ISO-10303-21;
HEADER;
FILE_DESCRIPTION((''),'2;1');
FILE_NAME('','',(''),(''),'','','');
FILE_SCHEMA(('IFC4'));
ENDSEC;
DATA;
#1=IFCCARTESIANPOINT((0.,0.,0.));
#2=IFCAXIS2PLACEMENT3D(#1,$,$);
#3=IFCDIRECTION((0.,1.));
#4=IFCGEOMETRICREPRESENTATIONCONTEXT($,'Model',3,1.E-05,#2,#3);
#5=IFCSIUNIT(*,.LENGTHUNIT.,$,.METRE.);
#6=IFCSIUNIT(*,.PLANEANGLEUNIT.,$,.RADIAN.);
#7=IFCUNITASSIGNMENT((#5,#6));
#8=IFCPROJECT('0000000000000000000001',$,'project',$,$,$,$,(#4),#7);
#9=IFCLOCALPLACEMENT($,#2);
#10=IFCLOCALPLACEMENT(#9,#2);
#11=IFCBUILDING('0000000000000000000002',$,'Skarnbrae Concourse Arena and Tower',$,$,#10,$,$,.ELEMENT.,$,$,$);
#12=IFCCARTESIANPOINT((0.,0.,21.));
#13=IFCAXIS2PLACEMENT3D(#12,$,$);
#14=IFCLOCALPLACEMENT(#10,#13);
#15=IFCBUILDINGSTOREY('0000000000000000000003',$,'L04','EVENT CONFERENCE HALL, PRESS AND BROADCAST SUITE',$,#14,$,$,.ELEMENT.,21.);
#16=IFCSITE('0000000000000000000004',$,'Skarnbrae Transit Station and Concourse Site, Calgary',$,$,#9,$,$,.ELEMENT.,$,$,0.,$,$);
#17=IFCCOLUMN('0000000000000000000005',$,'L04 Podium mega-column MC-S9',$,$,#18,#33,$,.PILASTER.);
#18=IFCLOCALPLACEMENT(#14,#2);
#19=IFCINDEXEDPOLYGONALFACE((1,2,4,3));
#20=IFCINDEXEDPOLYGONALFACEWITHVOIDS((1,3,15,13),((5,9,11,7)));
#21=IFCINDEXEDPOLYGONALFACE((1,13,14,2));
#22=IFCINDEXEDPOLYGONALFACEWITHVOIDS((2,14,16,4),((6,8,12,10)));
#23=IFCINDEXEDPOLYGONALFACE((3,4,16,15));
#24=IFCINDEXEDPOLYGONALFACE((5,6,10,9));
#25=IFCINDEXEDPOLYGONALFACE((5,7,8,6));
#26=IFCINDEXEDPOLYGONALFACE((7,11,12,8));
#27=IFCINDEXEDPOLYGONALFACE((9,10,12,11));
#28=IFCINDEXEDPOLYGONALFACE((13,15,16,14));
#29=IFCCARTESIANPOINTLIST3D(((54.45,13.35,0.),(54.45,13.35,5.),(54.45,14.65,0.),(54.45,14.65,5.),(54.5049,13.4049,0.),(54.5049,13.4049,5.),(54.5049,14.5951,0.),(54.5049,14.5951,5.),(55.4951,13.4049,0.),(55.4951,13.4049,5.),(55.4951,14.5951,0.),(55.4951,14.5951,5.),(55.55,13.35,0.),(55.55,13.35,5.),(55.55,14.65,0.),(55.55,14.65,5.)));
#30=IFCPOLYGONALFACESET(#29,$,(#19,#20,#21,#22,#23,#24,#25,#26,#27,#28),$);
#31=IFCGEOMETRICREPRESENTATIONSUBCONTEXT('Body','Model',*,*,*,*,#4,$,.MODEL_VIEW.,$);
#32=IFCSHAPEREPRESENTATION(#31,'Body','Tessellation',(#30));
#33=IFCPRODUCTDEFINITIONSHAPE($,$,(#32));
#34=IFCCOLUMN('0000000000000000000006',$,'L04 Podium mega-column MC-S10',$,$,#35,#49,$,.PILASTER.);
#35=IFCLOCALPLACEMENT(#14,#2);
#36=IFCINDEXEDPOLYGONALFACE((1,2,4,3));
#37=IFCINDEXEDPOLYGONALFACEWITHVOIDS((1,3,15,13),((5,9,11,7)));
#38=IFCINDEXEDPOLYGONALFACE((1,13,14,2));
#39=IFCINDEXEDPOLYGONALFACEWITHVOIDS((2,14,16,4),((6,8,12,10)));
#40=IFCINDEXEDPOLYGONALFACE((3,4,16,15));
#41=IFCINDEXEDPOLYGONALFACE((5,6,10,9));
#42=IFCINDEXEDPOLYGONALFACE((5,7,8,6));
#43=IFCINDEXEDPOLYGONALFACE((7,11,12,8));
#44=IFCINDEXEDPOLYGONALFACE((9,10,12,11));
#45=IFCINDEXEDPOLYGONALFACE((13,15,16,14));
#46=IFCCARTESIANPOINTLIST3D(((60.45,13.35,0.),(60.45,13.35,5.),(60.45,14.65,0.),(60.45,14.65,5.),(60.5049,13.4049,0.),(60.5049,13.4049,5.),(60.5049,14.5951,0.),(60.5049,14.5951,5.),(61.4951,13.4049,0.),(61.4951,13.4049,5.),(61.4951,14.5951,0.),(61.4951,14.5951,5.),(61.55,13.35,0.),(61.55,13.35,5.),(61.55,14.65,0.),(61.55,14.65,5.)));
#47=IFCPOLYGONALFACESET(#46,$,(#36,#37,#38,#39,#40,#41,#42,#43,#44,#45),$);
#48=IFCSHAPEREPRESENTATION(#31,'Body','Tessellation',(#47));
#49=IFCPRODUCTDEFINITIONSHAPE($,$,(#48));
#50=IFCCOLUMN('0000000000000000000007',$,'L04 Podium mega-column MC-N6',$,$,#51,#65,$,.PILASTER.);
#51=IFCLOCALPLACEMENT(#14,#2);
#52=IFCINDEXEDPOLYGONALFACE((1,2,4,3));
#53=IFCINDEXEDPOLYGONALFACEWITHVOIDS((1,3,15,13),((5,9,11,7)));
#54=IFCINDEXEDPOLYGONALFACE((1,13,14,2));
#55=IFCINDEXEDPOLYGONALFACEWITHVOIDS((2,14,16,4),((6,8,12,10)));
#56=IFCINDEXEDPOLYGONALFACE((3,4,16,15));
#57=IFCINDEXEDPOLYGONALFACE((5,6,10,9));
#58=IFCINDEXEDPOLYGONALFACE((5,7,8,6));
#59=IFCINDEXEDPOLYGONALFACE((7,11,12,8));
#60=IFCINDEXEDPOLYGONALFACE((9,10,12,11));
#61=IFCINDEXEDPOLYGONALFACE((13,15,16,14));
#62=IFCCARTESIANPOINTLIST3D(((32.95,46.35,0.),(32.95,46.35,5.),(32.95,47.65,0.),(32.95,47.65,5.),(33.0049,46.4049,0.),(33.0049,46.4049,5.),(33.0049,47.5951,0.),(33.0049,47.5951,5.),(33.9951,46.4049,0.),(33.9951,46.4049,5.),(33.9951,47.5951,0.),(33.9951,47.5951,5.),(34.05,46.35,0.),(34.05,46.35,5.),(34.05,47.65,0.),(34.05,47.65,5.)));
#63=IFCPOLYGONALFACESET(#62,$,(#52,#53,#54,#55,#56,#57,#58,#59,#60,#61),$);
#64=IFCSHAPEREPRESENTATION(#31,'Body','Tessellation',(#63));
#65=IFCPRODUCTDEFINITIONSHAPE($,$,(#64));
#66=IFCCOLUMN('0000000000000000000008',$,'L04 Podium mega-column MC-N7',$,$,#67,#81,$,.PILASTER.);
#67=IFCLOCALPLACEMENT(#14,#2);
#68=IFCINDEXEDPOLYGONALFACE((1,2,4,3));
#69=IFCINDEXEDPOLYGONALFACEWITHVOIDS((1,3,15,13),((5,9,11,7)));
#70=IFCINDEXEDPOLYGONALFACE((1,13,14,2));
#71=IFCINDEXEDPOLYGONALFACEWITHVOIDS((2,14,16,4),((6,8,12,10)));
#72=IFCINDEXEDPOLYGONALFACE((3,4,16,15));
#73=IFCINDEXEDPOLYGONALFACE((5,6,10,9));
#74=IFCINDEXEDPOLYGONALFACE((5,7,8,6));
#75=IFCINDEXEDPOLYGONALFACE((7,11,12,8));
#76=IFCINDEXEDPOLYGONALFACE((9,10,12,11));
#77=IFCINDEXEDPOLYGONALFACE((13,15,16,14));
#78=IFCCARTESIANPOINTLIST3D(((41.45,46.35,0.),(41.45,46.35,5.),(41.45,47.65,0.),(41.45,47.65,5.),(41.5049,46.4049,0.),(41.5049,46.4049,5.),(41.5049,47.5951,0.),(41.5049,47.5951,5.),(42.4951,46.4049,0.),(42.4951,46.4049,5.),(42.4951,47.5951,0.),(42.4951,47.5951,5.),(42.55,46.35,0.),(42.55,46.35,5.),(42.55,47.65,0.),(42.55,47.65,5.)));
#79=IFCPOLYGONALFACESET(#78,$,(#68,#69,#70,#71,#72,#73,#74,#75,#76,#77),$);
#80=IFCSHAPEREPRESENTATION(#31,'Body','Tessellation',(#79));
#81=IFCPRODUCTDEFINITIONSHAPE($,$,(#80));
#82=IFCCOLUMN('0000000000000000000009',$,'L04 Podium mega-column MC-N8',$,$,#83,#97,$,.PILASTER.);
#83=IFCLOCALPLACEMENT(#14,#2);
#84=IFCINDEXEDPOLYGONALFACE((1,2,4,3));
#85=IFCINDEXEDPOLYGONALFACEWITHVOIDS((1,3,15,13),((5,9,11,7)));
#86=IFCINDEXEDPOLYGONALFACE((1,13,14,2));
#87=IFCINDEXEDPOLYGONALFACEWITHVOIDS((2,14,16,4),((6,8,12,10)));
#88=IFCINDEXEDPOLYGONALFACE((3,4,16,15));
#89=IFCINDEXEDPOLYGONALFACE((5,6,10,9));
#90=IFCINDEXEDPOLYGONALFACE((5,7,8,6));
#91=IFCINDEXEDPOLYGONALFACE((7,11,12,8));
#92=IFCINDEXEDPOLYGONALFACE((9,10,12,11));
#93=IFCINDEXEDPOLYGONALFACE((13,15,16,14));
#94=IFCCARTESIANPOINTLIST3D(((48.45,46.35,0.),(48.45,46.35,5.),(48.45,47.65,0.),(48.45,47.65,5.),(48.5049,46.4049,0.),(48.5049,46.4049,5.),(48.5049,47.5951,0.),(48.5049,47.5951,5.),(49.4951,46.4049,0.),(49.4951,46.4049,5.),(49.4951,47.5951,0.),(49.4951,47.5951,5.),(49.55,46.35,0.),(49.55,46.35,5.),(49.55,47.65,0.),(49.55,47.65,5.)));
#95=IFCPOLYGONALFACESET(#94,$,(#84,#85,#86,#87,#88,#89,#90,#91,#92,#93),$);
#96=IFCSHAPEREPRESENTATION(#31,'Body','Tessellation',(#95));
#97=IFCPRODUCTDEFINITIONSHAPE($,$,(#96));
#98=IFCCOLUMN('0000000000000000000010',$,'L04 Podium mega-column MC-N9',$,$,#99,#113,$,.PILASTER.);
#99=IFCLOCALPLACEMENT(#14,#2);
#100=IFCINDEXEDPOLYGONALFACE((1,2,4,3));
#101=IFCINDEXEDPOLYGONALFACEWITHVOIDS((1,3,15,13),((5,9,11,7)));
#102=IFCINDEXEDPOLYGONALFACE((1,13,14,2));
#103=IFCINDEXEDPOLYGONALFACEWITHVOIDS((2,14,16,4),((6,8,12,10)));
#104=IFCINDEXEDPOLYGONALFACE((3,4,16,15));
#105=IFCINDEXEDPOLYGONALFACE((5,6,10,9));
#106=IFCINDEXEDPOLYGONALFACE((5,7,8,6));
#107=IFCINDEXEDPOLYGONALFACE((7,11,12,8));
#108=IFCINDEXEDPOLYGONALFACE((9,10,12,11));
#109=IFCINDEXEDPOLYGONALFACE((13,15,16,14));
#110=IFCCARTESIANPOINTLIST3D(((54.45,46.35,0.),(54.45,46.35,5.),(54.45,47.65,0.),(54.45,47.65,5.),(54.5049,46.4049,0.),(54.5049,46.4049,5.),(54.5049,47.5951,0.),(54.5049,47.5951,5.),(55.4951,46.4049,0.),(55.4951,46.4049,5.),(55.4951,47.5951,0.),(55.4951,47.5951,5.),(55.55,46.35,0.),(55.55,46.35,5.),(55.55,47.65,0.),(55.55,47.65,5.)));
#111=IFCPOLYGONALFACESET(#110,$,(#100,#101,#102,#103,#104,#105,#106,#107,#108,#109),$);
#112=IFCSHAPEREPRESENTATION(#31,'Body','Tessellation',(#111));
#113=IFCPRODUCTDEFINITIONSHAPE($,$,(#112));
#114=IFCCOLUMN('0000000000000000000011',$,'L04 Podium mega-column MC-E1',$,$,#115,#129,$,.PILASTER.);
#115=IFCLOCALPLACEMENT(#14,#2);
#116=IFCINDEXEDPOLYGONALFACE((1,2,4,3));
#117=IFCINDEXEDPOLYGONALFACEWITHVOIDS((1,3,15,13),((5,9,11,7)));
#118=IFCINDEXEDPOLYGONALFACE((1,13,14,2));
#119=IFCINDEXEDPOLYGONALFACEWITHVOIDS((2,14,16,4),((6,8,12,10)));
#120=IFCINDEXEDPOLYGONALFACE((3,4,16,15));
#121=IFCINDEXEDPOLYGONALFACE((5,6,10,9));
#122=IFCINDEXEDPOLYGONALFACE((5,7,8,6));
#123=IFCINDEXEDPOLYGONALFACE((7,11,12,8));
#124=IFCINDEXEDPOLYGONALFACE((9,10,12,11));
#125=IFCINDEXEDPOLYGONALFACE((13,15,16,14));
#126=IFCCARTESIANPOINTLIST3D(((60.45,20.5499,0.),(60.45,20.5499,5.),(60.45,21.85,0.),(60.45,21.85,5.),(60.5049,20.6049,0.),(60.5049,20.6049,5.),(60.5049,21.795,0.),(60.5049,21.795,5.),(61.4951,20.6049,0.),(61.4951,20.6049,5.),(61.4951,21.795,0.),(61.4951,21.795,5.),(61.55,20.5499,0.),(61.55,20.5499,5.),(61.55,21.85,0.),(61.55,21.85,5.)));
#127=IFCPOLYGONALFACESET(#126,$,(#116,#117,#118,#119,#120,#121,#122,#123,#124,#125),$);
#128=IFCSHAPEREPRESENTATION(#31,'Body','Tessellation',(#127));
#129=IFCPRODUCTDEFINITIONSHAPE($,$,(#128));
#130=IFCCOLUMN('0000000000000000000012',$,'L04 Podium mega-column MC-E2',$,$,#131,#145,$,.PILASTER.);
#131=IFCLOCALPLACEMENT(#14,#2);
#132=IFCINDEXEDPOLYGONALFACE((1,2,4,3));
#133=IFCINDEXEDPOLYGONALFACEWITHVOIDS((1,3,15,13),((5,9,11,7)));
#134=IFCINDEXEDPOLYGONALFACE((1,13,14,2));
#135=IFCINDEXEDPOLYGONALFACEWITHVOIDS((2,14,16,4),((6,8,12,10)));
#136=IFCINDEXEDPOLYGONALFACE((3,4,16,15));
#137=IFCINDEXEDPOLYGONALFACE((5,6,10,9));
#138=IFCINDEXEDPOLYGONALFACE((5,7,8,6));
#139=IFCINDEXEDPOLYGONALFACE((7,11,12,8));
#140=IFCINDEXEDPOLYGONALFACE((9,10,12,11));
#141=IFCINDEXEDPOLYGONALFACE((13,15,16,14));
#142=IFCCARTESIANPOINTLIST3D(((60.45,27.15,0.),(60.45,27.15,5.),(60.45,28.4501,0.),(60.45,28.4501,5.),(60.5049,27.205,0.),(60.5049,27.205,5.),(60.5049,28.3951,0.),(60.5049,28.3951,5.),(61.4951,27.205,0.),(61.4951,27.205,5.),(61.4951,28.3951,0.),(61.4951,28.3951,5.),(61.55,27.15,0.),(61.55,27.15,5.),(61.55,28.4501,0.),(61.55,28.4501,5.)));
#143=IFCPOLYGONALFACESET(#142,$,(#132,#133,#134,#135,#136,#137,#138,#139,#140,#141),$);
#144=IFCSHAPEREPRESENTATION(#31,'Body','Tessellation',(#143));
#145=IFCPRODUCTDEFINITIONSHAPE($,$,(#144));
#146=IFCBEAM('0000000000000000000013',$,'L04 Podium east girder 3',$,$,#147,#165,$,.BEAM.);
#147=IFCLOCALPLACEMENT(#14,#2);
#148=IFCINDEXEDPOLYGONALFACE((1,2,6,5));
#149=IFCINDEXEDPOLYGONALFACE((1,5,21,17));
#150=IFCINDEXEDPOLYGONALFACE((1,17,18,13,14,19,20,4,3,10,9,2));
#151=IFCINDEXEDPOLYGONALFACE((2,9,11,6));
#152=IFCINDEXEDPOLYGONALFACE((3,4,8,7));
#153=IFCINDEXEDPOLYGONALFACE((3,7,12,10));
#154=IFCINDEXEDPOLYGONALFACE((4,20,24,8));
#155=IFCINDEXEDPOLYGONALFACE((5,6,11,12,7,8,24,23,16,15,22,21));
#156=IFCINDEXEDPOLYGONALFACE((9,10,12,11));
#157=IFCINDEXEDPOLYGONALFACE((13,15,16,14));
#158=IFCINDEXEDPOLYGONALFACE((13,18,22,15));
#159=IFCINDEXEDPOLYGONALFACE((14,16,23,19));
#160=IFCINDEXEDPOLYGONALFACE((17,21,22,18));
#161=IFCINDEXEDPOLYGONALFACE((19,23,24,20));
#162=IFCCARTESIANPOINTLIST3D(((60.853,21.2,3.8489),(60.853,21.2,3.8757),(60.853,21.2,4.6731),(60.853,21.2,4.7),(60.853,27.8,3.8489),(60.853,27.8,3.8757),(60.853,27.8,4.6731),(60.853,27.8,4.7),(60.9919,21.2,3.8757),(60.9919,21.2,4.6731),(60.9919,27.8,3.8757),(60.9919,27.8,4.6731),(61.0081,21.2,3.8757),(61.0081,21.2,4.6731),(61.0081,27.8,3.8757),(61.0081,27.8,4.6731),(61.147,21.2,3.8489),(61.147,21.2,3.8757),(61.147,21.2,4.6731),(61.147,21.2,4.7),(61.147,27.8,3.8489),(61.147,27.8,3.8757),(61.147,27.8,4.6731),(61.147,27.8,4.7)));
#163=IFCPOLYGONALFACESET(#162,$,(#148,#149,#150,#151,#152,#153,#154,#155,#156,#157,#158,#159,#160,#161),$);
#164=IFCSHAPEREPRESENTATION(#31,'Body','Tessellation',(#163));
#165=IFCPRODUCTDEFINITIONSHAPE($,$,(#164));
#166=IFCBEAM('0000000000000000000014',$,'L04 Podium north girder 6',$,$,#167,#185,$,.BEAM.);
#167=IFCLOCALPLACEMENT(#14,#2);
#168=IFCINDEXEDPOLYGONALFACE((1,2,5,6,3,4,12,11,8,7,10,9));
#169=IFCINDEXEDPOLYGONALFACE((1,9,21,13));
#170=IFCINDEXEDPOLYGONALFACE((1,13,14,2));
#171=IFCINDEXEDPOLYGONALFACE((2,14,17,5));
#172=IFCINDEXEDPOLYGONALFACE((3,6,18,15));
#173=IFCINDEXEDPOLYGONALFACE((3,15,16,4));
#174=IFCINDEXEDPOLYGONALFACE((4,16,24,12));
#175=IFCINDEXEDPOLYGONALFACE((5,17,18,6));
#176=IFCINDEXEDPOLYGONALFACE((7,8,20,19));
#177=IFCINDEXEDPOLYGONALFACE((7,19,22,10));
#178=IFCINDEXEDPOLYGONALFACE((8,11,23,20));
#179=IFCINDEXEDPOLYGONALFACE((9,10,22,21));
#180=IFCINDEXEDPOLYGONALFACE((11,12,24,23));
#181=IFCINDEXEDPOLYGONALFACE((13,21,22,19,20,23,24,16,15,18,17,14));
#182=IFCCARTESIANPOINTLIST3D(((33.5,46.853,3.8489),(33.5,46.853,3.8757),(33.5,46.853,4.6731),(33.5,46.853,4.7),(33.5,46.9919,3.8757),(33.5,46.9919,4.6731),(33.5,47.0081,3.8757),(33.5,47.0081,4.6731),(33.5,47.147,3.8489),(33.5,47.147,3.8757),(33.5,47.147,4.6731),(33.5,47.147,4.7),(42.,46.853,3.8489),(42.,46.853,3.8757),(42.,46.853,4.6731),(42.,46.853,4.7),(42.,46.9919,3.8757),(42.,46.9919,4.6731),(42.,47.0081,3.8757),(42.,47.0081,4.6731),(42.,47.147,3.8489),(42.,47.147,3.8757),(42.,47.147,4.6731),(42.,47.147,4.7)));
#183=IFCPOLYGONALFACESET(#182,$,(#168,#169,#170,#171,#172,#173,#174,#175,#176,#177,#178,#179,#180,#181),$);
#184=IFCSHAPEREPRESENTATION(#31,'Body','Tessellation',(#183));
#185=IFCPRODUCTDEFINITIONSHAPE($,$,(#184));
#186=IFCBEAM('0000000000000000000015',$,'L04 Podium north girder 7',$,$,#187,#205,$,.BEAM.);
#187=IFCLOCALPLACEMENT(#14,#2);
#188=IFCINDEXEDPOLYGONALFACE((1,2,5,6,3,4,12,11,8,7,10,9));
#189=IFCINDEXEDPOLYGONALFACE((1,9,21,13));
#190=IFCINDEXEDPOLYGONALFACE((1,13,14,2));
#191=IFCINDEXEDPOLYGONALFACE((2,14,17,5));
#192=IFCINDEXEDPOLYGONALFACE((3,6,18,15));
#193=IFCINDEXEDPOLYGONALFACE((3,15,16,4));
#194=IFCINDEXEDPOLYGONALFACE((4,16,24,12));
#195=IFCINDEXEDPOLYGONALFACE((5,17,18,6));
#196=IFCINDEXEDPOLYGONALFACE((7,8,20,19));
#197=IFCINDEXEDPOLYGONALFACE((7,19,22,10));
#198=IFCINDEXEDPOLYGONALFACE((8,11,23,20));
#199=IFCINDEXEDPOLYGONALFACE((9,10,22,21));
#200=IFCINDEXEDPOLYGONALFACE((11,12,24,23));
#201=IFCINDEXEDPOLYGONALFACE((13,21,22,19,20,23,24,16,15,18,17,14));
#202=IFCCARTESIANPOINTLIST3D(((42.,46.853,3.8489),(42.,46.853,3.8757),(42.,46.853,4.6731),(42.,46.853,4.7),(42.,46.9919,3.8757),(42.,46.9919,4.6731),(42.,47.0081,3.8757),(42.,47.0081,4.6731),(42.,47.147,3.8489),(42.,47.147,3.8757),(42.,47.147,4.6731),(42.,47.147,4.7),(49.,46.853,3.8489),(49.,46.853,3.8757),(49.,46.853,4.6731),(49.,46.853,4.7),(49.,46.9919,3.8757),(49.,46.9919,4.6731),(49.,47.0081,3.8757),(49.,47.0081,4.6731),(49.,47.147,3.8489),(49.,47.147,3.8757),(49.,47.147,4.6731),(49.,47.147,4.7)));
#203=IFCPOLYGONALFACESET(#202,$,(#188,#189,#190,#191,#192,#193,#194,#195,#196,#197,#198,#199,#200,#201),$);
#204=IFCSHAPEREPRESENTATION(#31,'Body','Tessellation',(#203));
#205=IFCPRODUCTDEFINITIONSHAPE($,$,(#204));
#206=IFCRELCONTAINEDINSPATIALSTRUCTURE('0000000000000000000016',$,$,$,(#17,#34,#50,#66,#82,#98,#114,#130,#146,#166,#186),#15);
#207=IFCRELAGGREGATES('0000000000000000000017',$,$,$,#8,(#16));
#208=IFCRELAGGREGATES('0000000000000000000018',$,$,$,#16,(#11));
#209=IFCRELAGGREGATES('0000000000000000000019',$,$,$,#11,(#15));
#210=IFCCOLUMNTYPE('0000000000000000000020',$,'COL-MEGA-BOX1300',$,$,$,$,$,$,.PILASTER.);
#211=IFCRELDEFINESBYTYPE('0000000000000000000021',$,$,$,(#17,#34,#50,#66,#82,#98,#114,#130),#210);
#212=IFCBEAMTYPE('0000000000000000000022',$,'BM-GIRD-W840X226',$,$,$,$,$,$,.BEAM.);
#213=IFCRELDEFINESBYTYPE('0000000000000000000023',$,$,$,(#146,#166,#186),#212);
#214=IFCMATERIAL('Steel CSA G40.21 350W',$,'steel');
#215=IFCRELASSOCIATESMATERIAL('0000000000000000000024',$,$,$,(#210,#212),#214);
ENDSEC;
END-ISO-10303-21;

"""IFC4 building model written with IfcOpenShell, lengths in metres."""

from ifc_helpers import new_model, si_unit, direction, frame, origin, origin_2d, place, context, subcontext, project, spatial, hollow_rectangle, i_section, extrude, source, transform, mapped, material, material_profile, profile_set, type_object, element, save


model = new_model("IFC4")

# Units and contexts
model_context = context("Model", 3, precision=1e-05, world=origin(), true_north=direction((0.0, 1.0)))
body_context = subcontext(model_context, "Body", "Model", "MODEL_VIEW")
ifc_project = project(units=[si_unit("LENGTHUNIT", "METRE"), si_unit("PLANEANGLEUNIT", "RADIAN")], contexts=[model_context])

# Site, building, storey
site_placement = place(None, origin())
site = spatial("IfcSite", under=ifc_project, at=site_placement, Name="Skarnbrae Transit Station and Concourse Site, Calgary", CompositionType="ELEMENT", RefElevation=0.0)
building_placement = place(site_placement, origin())
building = spatial("IfcBuilding", under=site, at=building_placement, Name="Skarnbrae Concourse Arena and Tower", CompositionType="ELEMENT")
storey_placement = place(building_placement, frame((0.0, 0.0, 21.0)))
storey = spatial("IfcBuildingStorey", under=building, at=storey_placement, Name="L04", Description="EVENT CONFERENCE HALL, PRESS AND BROADCAST SUITE", CompositionType="ELEMENT", Elevation=21.0)

# Columns
ifc_material_1 = material(Name="Steel CSA G40.21 350W", Category="steel")
ifc_material_profile_1 = material_profile(ifc_material_1, hollow_rectangle(XDim=1.1001, YDim=1.3, WallThickness=0.0549, at=origin_2d()), Name="BOX1300X1100X55")
ifc_profile_set_1 = profile_set([ifc_material_profile_1], Name="Steel CSA G40.21 350W")
column_type = type_object("IfcColumnType", Name="COL-MEGA-BOX1300", PredefinedType="PILASTER", material=ifc_profile_set_1)
shared_shape_1 = source(origin(), body_context, "Body", "SweptSolid", [
    extrude(hollow_rectangle(XDim=1.1001, YDim=1.3, WallThickness=0.0549, at=origin_2d()), origin(), (0.0, 0.0, 1.0), 5.0),
])
for number, where, z_axis, x_axis, name in (
    (1, (55.0, 14.0, 0.0), (0.0, 0.0, 1.0), (1.0, 0.0, 0.0), "L04 Podium mega-column MC-S9"),
    (2, (61.0, 14.0, 0.0), (0.0, 0.0, 1.0), (1.0, 0.0, 0.0), "L04 Podium mega-column MC-S10"),
    (3, (33.5, 47.0, 0.0), (0.0, 0.0, 1.0), (1.0, 0.0, 0.0), "L04 Podium mega-column MC-N6"),
    (4, (42.0, 47.0, 0.0), (0.0, 0.0, 1.0), (1.0, 0.0, 0.0), "L04 Podium mega-column MC-N7"),
    (5, (49.0, 47.0, 0.0), (0.0, 0.0, 1.0), (1.0, 0.0, 0.0), "L04 Podium mega-column MC-N8"),
    (6, (55.0, 47.0, 0.0), (0.0, 0.0, 1.0), (1.0, 0.0, 0.0), "L04 Podium mega-column MC-N9"),
    (7, (61.0, 21.2, 0.0), (0.0, 0.0, 1.0), (1.0, 0.0, 0.0), "L04 Podium mega-column MC-E1"),
    (8, (61.0, 27.8, 0.0), (0.0, 0.0, 1.0), (1.0, 0.0, 0.0), "L04 Podium mega-column MC-E2"),
):
    element("IfcColumn", number, at=place(storey_placement, frame(where, z_axis=z_axis, x_axis=x_axis)), inside=storey, type_object=column_type, Name=name, PredefinedType="PILASTER", context=body_context, shape_type="MappedRepresentation", body=[
        mapped(shared_shape_1, transform((0.0, 0.0, 0.0))),
    ])

# Beams
ifc_material_profile_2 = material_profile(ifc_material_1, i_section(OverallWidth=0.2939, OverallDepth=0.8511, WebThickness=0.0161, FlangeThickness=0.0269, at=origin_2d()), Name="W840X226")
ifc_profile_set_2 = profile_set([ifc_material_profile_2], Name="Steel CSA G40.21 350W")
beam_type_1 = type_object("IfcBeamType", Name="BM-GIRD-W840X226", PredefinedType="BEAM", material=ifc_profile_set_2)
shared_shape_2 = source(origin(), body_context, "Body", "SweptSolid", [
    extrude(i_section(OverallWidth=0.2939, OverallDepth=0.8511, WebThickness=0.0161, FlangeThickness=0.0269, at=origin_2d()), origin(), (0.0, 0.0, 1.0), 6.6001),
])
beam_1_placement = place(storey_placement, frame((61.0, 21.2, 4.2744), z_axis=(0.0, 1.0, 0.0), x_axis=(-1.0, 0.0, 0.0)))
element("IfcBeam", 9, at=beam_1_placement, inside=storey, type_object=beam_type_1, Name="L04 Podium east girder 3", PredefinedType="BEAM", context=body_context, shape_type="MappedRepresentation", body=[
    mapped(shared_shape_2, transform((0.0, 0.0, 0.0))),
])
shared_shape_3 = source(origin(), body_context, "Body", "SweptSolid", [
    extrude(i_section(OverallWidth=0.2939, OverallDepth=0.8511, WebThickness=0.0161, FlangeThickness=0.0269, at=origin_2d()), origin(), (0.0, 0.0, 1.0), 8.5),
])
beam_2_placement = place(storey_placement, frame((33.5, 47.0, 4.2744), z_axis=(1.0, 0.0, 0.0), x_axis=(0.0, 1.0, 0.0)))
element("IfcBeam", 10, at=beam_2_placement, inside=storey, type_object=beam_type_1, Name="L04 Podium north girder 6", PredefinedType="BEAM", context=body_context, shape_type="MappedRepresentation", body=[
    mapped(shared_shape_3, transform((0.0, 0.0, 0.0))),
])
shared_shape_4 = source(origin(), body_context, "Body", "SweptSolid", [
    extrude(i_section(OverallWidth=0.2939, OverallDepth=0.8511, WebThickness=0.0161, FlangeThickness=0.0269, at=origin_2d()), origin(), (0.0, 0.0, 1.0), 7.0),
])
beam_3_placement = place(storey_placement, frame((42.0, 47.0, 4.2744), z_axis=(1.0, 0.0, 0.0), x_axis=(0.0, 1.0, 0.0)))
element("IfcBeam", 11, at=beam_3_placement, inside=storey, type_object=beam_type_1, Name="L04 Podium north girder 7", PredefinedType="BEAM", context=body_context, shape_type="MappedRepresentation", body=[
    mapped(shared_shape_4, transform((0.0, 0.0, 0.0))),
])

save(model, "model.ifc")
